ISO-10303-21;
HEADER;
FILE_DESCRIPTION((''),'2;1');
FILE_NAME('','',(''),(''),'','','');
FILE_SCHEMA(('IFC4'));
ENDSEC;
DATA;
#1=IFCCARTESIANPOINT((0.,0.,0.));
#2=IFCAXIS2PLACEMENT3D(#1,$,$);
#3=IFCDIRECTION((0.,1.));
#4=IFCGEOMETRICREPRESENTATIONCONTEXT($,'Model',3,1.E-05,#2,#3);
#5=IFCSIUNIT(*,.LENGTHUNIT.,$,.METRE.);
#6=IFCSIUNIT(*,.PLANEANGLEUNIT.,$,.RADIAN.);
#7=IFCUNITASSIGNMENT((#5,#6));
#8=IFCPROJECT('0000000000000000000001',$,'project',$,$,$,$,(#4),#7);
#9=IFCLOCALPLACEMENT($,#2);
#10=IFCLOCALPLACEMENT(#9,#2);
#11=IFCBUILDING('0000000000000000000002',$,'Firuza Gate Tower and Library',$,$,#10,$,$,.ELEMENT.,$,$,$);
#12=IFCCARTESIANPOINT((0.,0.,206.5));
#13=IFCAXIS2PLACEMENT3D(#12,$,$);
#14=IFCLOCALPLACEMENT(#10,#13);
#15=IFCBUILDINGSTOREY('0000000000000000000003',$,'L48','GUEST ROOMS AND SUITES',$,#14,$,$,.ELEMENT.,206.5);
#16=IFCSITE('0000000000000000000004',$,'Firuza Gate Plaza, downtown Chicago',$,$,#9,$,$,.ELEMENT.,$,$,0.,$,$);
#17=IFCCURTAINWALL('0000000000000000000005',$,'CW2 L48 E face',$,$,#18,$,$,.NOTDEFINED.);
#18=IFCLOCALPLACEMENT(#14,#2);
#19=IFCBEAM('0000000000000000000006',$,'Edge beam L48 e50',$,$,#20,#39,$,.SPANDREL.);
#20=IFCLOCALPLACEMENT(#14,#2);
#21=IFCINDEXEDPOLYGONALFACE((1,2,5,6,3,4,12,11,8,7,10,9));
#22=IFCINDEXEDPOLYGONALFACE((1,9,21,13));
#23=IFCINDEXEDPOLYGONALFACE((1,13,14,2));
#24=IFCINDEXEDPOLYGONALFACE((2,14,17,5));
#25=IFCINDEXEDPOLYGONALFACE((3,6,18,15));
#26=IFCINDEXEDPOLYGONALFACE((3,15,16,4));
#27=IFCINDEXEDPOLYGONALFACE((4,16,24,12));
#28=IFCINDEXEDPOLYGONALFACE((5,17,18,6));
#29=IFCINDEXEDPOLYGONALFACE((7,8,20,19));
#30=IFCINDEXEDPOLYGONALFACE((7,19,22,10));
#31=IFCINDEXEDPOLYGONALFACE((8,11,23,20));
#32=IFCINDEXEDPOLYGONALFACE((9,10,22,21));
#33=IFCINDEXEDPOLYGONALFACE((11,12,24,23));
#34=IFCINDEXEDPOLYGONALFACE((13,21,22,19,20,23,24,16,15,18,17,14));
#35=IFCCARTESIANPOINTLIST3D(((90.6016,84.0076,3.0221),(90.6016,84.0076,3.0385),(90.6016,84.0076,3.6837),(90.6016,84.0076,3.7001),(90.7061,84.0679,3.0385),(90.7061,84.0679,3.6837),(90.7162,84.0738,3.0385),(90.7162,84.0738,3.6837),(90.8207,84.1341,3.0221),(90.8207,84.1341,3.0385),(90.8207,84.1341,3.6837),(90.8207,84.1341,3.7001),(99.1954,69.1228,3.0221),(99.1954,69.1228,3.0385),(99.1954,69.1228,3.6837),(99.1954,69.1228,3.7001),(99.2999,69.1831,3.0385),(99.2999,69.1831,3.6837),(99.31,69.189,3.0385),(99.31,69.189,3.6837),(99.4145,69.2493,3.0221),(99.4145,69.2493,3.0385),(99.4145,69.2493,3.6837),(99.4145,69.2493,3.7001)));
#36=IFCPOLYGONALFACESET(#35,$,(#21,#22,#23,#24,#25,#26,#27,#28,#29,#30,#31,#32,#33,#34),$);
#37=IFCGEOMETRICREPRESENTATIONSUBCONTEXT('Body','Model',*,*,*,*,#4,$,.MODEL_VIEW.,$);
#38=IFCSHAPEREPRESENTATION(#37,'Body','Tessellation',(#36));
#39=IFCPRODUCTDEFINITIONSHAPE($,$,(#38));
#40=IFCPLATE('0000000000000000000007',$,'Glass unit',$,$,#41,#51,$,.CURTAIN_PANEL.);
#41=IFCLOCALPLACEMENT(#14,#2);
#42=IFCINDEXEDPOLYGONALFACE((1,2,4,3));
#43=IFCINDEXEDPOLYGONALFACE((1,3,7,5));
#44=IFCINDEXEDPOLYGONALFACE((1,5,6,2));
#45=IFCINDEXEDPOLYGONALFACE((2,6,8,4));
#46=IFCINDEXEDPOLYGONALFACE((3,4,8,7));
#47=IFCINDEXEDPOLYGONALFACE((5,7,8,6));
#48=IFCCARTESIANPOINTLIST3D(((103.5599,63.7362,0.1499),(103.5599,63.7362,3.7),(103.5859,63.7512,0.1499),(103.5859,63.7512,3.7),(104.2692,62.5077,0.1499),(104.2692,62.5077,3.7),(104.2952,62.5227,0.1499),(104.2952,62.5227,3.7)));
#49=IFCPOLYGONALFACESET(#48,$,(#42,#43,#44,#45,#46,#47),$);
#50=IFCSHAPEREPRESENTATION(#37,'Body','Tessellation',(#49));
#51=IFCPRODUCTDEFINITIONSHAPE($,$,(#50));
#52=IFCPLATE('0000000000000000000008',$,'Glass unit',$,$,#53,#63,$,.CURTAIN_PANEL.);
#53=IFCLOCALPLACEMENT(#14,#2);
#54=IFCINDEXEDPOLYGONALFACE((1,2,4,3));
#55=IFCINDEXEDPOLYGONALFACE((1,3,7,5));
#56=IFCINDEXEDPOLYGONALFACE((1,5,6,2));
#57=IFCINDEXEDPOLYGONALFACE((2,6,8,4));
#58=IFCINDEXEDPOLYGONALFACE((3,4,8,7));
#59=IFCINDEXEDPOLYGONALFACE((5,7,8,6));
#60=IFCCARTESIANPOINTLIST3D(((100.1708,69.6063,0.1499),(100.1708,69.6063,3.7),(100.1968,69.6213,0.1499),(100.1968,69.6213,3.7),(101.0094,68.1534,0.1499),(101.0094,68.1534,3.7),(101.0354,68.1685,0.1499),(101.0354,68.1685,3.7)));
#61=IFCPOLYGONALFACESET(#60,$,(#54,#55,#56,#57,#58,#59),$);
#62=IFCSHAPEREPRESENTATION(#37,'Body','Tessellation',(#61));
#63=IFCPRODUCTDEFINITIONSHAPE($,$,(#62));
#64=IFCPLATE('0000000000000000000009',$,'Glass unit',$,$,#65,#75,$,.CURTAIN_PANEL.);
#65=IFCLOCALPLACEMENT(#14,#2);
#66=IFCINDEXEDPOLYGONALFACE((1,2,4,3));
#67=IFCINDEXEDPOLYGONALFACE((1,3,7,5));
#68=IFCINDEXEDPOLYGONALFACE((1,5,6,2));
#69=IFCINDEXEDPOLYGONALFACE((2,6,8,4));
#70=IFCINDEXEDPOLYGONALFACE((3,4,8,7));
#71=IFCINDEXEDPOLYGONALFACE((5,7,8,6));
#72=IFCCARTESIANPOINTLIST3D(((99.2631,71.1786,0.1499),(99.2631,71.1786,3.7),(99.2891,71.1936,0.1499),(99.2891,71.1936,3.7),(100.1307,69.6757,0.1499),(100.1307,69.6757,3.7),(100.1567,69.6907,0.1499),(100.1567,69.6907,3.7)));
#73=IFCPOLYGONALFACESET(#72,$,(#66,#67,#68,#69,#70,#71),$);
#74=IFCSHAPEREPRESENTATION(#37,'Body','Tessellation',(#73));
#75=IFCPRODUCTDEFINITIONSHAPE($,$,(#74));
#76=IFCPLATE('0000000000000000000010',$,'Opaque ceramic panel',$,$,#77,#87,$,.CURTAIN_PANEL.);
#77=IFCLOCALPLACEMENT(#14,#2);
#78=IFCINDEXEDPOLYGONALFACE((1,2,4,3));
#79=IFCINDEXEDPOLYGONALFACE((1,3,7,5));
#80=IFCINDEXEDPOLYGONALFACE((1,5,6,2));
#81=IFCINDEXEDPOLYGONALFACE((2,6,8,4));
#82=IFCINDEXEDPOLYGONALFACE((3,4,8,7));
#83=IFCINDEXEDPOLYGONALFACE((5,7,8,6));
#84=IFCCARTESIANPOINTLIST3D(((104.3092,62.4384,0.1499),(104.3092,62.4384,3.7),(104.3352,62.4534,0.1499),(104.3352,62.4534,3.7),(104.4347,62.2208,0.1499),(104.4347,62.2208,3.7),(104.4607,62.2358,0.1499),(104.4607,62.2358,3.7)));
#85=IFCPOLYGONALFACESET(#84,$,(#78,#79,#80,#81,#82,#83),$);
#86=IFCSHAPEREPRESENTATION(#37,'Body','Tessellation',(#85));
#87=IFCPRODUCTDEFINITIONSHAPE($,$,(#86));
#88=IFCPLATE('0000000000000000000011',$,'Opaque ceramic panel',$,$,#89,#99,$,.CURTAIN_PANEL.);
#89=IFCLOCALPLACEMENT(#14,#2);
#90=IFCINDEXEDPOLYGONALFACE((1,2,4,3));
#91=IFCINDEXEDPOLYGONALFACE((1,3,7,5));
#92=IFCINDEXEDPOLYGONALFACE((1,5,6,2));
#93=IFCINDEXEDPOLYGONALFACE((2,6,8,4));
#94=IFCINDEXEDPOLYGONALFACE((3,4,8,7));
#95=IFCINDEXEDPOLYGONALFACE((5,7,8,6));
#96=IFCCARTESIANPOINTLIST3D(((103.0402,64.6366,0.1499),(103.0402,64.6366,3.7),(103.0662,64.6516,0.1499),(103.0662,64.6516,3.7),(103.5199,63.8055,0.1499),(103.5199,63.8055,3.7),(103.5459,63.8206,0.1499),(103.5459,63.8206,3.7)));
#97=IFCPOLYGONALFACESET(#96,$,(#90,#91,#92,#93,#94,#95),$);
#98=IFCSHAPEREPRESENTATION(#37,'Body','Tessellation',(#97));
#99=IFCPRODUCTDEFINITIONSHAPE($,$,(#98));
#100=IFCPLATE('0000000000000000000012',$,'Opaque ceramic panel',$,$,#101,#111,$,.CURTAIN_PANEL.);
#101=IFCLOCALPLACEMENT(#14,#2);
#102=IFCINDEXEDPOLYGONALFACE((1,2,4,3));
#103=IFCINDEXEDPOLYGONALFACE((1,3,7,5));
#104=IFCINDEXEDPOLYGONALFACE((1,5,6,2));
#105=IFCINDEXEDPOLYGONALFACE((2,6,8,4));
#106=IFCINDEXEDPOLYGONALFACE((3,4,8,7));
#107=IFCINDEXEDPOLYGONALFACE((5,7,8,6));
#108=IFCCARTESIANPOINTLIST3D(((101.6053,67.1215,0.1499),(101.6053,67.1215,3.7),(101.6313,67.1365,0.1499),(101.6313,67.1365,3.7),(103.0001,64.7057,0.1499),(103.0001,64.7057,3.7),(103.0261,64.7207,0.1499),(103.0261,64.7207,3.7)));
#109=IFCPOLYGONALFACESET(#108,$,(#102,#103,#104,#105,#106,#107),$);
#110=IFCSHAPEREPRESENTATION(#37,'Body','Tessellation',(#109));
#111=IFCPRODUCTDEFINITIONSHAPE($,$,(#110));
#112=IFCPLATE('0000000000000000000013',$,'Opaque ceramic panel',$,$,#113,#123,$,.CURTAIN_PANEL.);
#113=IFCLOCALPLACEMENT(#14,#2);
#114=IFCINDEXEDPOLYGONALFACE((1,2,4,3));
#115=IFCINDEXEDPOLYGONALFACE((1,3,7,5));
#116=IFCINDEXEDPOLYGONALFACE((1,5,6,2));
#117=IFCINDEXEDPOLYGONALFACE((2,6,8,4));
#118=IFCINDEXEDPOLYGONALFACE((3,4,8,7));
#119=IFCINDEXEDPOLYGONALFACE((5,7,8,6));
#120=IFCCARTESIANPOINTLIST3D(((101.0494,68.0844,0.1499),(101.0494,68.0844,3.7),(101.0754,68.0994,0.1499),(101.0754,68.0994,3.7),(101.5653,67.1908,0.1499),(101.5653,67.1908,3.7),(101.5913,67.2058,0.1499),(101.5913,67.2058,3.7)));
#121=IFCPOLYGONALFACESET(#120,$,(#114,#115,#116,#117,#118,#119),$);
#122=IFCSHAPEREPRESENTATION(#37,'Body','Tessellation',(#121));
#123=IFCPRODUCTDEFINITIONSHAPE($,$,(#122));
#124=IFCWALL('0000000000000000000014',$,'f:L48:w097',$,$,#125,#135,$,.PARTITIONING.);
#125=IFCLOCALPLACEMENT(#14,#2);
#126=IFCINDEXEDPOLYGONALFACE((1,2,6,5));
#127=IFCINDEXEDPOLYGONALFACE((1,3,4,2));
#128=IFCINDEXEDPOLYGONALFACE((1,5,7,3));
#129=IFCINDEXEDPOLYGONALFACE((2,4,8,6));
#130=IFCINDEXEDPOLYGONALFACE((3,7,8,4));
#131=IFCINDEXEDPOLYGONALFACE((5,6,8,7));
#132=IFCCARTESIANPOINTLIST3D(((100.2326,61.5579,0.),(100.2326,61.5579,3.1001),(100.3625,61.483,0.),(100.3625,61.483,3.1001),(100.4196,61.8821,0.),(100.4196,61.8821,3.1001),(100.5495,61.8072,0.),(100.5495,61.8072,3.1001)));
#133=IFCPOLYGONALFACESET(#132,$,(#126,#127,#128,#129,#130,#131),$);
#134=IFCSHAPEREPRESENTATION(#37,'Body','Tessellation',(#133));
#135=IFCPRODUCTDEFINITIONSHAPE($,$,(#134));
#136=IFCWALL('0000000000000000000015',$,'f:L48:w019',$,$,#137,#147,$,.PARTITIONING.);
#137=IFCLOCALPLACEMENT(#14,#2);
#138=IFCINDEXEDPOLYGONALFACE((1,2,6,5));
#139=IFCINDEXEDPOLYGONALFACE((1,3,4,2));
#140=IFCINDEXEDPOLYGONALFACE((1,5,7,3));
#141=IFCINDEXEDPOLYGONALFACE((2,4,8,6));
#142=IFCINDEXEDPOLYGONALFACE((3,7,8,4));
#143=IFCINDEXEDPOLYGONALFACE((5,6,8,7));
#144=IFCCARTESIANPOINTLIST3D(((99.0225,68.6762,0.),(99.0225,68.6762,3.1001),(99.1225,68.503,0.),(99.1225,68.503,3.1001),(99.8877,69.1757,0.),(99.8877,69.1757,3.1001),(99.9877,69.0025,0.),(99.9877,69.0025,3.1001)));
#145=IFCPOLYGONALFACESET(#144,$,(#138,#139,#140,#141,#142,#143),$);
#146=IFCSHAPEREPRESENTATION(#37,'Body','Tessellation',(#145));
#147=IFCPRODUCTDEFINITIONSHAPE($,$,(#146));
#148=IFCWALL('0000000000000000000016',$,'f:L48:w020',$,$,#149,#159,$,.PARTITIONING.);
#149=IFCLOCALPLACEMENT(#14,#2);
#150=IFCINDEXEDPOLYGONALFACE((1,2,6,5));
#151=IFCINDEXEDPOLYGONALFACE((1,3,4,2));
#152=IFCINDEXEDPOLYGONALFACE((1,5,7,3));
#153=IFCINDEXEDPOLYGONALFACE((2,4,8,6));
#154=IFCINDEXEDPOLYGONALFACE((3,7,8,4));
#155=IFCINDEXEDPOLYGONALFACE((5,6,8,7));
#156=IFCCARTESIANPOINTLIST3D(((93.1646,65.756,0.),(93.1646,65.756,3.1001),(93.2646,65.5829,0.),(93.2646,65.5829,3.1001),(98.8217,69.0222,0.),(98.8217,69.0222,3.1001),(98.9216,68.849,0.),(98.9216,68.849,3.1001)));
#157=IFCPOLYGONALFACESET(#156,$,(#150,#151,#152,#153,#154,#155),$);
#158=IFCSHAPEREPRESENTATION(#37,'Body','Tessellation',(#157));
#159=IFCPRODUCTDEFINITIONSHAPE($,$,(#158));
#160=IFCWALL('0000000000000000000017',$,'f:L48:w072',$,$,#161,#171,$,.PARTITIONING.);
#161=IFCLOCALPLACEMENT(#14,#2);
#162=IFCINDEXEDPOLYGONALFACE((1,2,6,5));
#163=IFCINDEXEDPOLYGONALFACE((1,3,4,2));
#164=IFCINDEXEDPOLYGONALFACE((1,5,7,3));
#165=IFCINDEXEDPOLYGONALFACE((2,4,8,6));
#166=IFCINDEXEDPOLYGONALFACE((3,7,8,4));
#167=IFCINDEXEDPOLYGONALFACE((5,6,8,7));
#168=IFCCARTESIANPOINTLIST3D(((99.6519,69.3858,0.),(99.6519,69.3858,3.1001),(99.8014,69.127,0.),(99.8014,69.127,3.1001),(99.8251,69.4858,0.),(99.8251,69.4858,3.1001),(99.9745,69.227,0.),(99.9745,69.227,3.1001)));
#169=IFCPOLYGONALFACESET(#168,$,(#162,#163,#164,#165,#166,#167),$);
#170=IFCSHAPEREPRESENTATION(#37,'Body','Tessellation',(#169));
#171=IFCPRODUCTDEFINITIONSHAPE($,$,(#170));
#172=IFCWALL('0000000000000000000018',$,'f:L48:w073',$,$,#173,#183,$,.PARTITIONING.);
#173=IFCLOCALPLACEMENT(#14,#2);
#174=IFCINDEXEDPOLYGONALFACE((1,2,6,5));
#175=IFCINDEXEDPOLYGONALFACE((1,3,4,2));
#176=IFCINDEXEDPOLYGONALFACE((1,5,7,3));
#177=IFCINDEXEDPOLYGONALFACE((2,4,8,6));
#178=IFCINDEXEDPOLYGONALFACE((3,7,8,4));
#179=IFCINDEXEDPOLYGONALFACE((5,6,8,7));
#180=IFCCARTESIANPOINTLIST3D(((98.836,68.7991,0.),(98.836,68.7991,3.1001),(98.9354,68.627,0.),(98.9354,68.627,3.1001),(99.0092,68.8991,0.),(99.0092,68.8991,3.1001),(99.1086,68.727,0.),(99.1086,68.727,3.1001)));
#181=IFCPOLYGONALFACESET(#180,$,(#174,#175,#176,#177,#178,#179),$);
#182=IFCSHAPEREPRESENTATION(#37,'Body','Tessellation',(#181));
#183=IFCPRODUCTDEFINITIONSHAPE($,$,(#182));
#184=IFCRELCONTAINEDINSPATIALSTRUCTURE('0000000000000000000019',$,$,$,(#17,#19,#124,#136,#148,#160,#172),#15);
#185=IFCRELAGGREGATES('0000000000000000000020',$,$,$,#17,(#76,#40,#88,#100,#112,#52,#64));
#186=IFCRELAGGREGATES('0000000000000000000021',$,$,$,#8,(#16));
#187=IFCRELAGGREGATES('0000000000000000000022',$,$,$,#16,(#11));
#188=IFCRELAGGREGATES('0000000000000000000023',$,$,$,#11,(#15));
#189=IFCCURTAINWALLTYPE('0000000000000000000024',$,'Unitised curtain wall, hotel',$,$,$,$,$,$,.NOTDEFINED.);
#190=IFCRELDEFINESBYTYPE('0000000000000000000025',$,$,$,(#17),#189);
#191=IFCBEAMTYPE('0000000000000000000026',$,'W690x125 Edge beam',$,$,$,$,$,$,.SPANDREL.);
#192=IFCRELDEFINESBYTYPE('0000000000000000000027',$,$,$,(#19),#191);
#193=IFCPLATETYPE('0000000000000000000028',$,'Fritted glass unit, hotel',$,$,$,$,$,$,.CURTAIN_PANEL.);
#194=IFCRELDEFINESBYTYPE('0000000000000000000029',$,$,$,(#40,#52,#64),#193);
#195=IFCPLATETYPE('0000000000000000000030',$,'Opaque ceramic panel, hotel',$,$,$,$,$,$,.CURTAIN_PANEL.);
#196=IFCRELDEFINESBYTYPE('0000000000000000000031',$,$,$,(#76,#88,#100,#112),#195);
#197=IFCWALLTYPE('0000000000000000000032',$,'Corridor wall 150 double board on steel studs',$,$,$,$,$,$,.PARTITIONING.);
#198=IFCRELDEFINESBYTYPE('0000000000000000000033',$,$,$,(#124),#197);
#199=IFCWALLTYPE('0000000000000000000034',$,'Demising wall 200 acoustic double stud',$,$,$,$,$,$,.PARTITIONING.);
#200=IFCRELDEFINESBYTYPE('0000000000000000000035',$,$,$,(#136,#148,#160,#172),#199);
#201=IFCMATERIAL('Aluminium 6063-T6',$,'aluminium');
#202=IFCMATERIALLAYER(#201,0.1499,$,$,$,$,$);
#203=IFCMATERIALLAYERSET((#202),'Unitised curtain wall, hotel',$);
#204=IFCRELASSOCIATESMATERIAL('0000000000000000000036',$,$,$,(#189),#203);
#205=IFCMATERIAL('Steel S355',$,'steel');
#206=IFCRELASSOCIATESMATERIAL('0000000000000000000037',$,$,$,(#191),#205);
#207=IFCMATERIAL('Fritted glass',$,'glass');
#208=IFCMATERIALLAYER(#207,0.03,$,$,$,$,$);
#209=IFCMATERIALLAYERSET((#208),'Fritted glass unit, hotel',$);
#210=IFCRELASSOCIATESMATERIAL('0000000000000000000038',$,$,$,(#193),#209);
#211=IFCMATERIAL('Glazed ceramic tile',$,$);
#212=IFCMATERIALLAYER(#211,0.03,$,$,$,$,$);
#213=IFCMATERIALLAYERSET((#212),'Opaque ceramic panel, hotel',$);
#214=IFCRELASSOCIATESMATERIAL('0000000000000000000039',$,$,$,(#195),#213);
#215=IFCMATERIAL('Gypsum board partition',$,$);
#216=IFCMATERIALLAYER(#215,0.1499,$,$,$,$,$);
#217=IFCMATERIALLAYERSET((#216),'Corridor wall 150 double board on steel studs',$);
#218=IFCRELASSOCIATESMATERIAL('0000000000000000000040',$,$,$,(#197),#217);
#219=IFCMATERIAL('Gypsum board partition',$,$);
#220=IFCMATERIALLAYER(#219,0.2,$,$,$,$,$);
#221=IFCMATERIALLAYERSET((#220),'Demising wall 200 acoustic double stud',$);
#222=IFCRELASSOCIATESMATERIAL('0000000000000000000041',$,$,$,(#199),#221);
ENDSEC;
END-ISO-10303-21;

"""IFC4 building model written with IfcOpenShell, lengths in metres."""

from ifc_helpers import new_model, si_unit, direction, frame, frame_2d, origin, origin_2d, place, context, subcontext, project, spatial, polyline, rectangle, i_section, outline, extrude, material, layer, layer_set, material_profile, profile_set, type_object, element, aggregate, save


model = new_model("IFC4")

# Units and contexts
model_context = context("Model", 3, precision=1e-05, world=origin(), true_north=direction((0.0, 1.0)))
body_context = subcontext(model_context, "Body", "Model", "MODEL_VIEW")
ifc_project = project(units=[si_unit("LENGTHUNIT", "METRE"), si_unit("PLANEANGLEUNIT", "RADIAN")], contexts=[model_context])

# Site, building, storey
site_placement = place(None, origin())
site = spatial("IfcSite", under=ifc_project, at=site_placement, Name="Firuza Gate Plaza, downtown Chicago", CompositionType="ELEMENT", RefElevation=0.0)
building_placement = place(site_placement, origin())
building = spatial("IfcBuilding", under=site, at=building_placement, Name="Firuza Gate Tower and Library", CompositionType="ELEMENT")
storey_placement = place(building_placement, frame((0.0, 0.0, 206.5)))
storey = spatial("IfcBuildingStorey", under=building, at=storey_placement, Name="L48", Description="GUEST ROOMS AND SUITES", CompositionType="ELEMENT", Elevation=206.5)

# Curtain wall
ifc_material_1 = material(Name="Aluminium 6063-T6", Category="aluminium")
ifc_layer_1 = layer(ifc_material_1, 0.1499)
ifc_layer_set_1 = layer_set([ifc_layer_1], Name="Unitised curtain wall, hotel")
curtain_wall_type = type_object("IfcCurtainWallType", Name="Unitised curtain wall, hotel", PredefinedType="NOTDEFINED", material=ifc_layer_set_1)
curtain_wall_placement = place(storey_placement, origin())
curtain_wall = element("IfcCurtainWall", 1, at=curtain_wall_placement, inside=storey, type_object=curtain_wall_type, Name="CW2 L48 E face", PredefinedType="NOTDEFINED")

# Beam
ifc_material_2 = material(Name="Steel S355", Category="steel")
ifc_material_profile_1 = material_profile(ifc_material_2, i_section(OverallWidth=0.2529, OverallDepth=0.678, WebThickness=0.0117, FlangeThickness=0.0164, at=origin_2d()))
ifc_profile_set_1 = profile_set([ifc_material_profile_1], Name="Steel S355")
beam_type_1 = type_object("IfcBeamType", Name="W690x125 Edge beam", PredefinedType="SPANDREL", material=ifc_profile_set_1)
beam_1_placement = place(storey_placement, frame((99.3049, 69.186, 3.3611), z_axis=(-0.500001, 0.866025, 0.0), x_axis=(-0.866025, -0.500001, 0.0)))
element("IfcBeam", 2, at=beam_1_placement, inside=storey, type_object=beam_type_1, Name="Edge beam L48 e50", PredefinedType="SPANDREL", context=body_context, shape_type="SweptSolid", body=[
    extrude(i_section(OverallWidth=0.2529, OverallDepth=0.678, WebThickness=0.0117, FlangeThickness=0.0164, at=origin_2d()), origin(), (0.0, 0.0, 1.0), 17.1875),
])

# Plates
ifc_material_3 = material(Name="Fritted glass", Category="glass")
ifc_layer_2 = layer(ifc_material_3, 0.03)
ifc_layer_set_2 = layer_set([ifc_layer_2], Name="Fritted glass unit, hotel")
plate_type_1 = type_object("IfcPlateType", Name="Fritted glass unit, hotel", PredefinedType="CURTAIN_PANEL", material=ifc_layer_set_2)
plate_1_placement = place(storey_placement, frame((104.2952, 62.5227, 0.1499), z_axis=(0.866042, 0.499971, 0.0), x_axis=(-0.499971, 0.866042, 0.0)))
plate_1 = element("IfcPlate", 3, at=plate_1_placement, type_object=plate_type_1, Name="Glass unit", PredefinedType="CURTAIN_PANEL", context=body_context, shape_type="SweptSolid", body=[
    extrude(outline(polyline([(0.0, 0.0), (1.4185, 0.0), (1.4185, 3.55), (0.0, 3.55), (0.0, 0.0)])), origin(), (0.0, 0.0, -1.0), 0.03),
])
plate_2_placement = place(storey_placement, frame((101.0354, 68.1685, 0.1499), z_axis=(0.866077, 0.499911, 0.0), x_axis=(-0.499911, 0.866077, 0.0)))
plate_2 = element("IfcPlate", 4, at=plate_2_placement, type_object=plate_type_1, Name="Glass unit", PredefinedType="CURTAIN_PANEL", context=body_context, shape_type="SweptSolid", body=[
    extrude(outline(polyline([(0.0, 0.0), (1.6775, 0.0), (1.6775, 3.55), (0.0, 3.55), (0.0, 0.0)])), origin(), (0.0, 0.0, -1.0), 0.03),
])
plate_3_placement = place(storey_placement, frame((100.1567, 69.6907, 0.1499), z_axis=(0.866036, 0.499982, 0.0), x_axis=(-0.499982, 0.866036, 0.0)))
plate_3 = element("IfcPlate", 5, at=plate_3_placement, type_object=plate_type_1, Name="Glass unit", PredefinedType="CURTAIN_PANEL", context=body_context, shape_type="SweptSolid", body=[
    extrude(outline(polyline([(0.0, 0.0), (1.7354, 0.0), (1.7354, 3.55), (0.0, 3.55), (0.0, 0.0)])), origin(), (0.0, 0.0, -1.0), 0.03),
])
ifc_material_4 = material(Name="Glazed ceramic tile")
ifc_layer_3 = layer(ifc_material_4, 0.03)
ifc_layer_set_3 = layer_set([ifc_layer_3], Name="Opaque ceramic panel, hotel")
plate_type_2 = type_object("IfcPlateType", Name="Opaque ceramic panel, hotel", PredefinedType="CURTAIN_PANEL", material=ifc_layer_set_3)
plate_4_placement = place(storey_placement, frame((104.4607, 62.2358, 0.1499), z_axis=(0.866202, 0.499694, 0.0), x_axis=(-0.499694, 0.866202, 0.0)))
plate_4 = element("IfcPlate", 6, at=plate_4_placement, type_object=plate_type_2, Name="Opaque ceramic panel", PredefinedType="CURTAIN_PANEL", context=body_context, shape_type="SweptSolid", body=[
    extrude(outline(polyline([(0.0, 0.0), (0.2511, 0.0), (0.2511, 3.55), (0.0, 3.55), (0.0, 0.0)])), origin(), (0.0, 0.0, -1.0), 0.03),
])
plate_5_placement = place(storey_placement, frame((103.5459, 63.8206, 0.1499), z_axis=(0.866058, 0.499943, 0.0), x_axis=(-0.499943, 0.866058, 0.0)))
plate_5 = element("IfcPlate", 7, at=plate_5_placement, type_object=plate_type_2, Name="Opaque ceramic panel", PredefinedType="CURTAIN_PANEL", context=body_context, shape_type="SweptSolid", body=[
    extrude(outline(polyline([(0.0, 0.0), (0.9596, 0.0), (0.9596, 3.55), (0.0, 3.55), (0.0, 0.0)])), origin(), (0.0, 0.0, -1.0), 0.03),
])
plate_6_placement = place(storey_placement, frame((103.0261, 64.7207, 0.1499), z_axis=(0.866021, 0.500008, 0.0), x_axis=(-0.500008, 0.866021, 0.0)))
plate_6 = element("IfcPlate", 8, at=plate_6_placement, type_object=plate_type_2, Name="Opaque ceramic panel", PredefinedType="CURTAIN_PANEL", context=body_context, shape_type="SweptSolid", body=[
    extrude(outline(polyline([(0.0, 0.0), (2.7895, 0.0), (2.7895, 3.55), (0.0, 3.55), (0.0, 0.0)])), origin(), (0.0, 0.0, -1.0), 0.03),
])
plate_7_placement = place(storey_placement, frame((101.5913, 67.2058, 0.1499), z_axis=(0.866036, 0.499982, 0.0), x_axis=(-0.499982, 0.866036, 0.0)))
plate_7 = element("IfcPlate", 9, at=plate_7_placement, type_object=plate_type_2, Name="Opaque ceramic panel", PredefinedType="CURTAIN_PANEL", context=body_context, shape_type="SweptSolid", body=[
    extrude(outline(polyline([(0.0, 0.0), (1.0318, 0.0), (1.0318, 3.55), (0.0, 3.55), (0.0, 0.0)])), origin(), (0.0, 0.0, -1.0), 0.03),
])
aggregate(curtain_wall, [plate_4, plate_1, plate_5, plate_6, plate_7, plate_2, plate_3])

# Walls
ifc_material_5 = material(Name="Gypsum board partition")
ifc_layer_4 = layer(ifc_material_5, 0.1499)
ifc_layer_set_4 = layer_set([ifc_layer_4], Name="Corridor wall 150 double board on steel studs")
wall_type_1 = type_object("IfcWallType", Name="Corridor wall 150 double board on steel studs", PredefinedType="PARTITIONING", material=ifc_layer_set_4)
wall_1_placement = place(storey_placement, frame((100.2976, 61.5205, 0.0), z_axis=(0.0, 0.0, 1.0), x_axis=(0.499647, 0.866229, 0.0)))
element("IfcWall", 10, at=wall_1_placement, inside=storey, type_object=wall_type_1, Name="f:L48:w097", PredefinedType="PARTITIONING", context=body_context, shape_type="SweptSolid", body=[
    extrude(rectangle(XDim=0.3743, YDim=0.1499, at=frame_2d((0.187, 0.0))), origin(), (0.0, 0.0, 1.0), 3.1001),
])
ifc_material_6 = material(Name="Gypsum board partition")
ifc_layer_5 = layer(ifc_material_6, 0.2)
ifc_layer_set_5 = layer_set([ifc_layer_5], Name="Demising wall 200 acoustic double stud")
wall_type_2 = type_object("IfcWallType", Name="Demising wall 200 acoustic double stud", PredefinedType="PARTITIONING", material=ifc_layer_set_5)
wall_2_placement = place(storey_placement, frame((99.0725, 68.5896, 0.0), z_axis=(0.0, 0.0, 1.0), x_axis=(0.866039, 0.499976, 0.0)))
element("IfcWall", 11, at=wall_2_placement, inside=storey, type_object=wall_type_2, Name="f:L48:w019", PredefinedType="PARTITIONING", context=body_context, shape_type="SweptSolid", body=[
    extrude(rectangle(XDim=0.999, YDim=0.2, at=frame_2d((0.4995, 0.0))), origin(), (0.0, 0.0, 1.0), 3.1001),
])
wall_3_placement = place(storey_placement, frame((93.2146, 65.6694, 0.0), z_axis=(0.0, 0.0, 1.0), x_axis=(0.866022, 0.500006, 0.0)))
element("IfcWall", 12, at=wall_3_placement, inside=storey, type_object=wall_type_2, Name="f:L48:w020", PredefinedType="PARTITIONING", context=body_context, shape_type="SweptSolid", body=[
    extrude(rectangle(XDim=6.5322, YDim=0.2, at=frame_2d((3.2661, 0.0))), origin(), (0.0, 0.0, 1.0), 3.1001),
])
wall_4_placement = place(storey_placement, frame((99.8879, 69.177, 0.0), z_axis=(0.0, 0.0, 1.0), x_axis=(-0.500005, 0.866022, 0.0)))
element("IfcWall", 13, at=wall_4_placement, inside=storey, type_object=wall_type_2, Name="f:L48:w072", PredefinedType="PARTITIONING", context=body_context, shape_type="SweptSolid", body=[
    extrude(rectangle(XDim=0.2988, YDim=0.2, at=frame_2d((0.1494, 0.0))), origin(), (0.0, 0.0, 1.0), 3.1001),
])
wall_5_placement = place(storey_placement, frame((99.022, 68.677, 0.0), z_axis=(0.0, 0.0, 1.0), x_axis=(-0.499971, 0.866042, 0.0)))
element("IfcWall", 14, at=wall_5_placement, inside=storey, type_object=wall_type_2, Name="f:L48:w073", PredefinedType="PARTITIONING", context=body_context, shape_type="SweptSolid", body=[
    extrude(rectangle(XDim=0.1987, YDim=0.2, at=frame_2d((0.0994, 0.0))), origin(), (0.0, 0.0, 1.0), 3.1001),
])

save(model, "model.ifc")
